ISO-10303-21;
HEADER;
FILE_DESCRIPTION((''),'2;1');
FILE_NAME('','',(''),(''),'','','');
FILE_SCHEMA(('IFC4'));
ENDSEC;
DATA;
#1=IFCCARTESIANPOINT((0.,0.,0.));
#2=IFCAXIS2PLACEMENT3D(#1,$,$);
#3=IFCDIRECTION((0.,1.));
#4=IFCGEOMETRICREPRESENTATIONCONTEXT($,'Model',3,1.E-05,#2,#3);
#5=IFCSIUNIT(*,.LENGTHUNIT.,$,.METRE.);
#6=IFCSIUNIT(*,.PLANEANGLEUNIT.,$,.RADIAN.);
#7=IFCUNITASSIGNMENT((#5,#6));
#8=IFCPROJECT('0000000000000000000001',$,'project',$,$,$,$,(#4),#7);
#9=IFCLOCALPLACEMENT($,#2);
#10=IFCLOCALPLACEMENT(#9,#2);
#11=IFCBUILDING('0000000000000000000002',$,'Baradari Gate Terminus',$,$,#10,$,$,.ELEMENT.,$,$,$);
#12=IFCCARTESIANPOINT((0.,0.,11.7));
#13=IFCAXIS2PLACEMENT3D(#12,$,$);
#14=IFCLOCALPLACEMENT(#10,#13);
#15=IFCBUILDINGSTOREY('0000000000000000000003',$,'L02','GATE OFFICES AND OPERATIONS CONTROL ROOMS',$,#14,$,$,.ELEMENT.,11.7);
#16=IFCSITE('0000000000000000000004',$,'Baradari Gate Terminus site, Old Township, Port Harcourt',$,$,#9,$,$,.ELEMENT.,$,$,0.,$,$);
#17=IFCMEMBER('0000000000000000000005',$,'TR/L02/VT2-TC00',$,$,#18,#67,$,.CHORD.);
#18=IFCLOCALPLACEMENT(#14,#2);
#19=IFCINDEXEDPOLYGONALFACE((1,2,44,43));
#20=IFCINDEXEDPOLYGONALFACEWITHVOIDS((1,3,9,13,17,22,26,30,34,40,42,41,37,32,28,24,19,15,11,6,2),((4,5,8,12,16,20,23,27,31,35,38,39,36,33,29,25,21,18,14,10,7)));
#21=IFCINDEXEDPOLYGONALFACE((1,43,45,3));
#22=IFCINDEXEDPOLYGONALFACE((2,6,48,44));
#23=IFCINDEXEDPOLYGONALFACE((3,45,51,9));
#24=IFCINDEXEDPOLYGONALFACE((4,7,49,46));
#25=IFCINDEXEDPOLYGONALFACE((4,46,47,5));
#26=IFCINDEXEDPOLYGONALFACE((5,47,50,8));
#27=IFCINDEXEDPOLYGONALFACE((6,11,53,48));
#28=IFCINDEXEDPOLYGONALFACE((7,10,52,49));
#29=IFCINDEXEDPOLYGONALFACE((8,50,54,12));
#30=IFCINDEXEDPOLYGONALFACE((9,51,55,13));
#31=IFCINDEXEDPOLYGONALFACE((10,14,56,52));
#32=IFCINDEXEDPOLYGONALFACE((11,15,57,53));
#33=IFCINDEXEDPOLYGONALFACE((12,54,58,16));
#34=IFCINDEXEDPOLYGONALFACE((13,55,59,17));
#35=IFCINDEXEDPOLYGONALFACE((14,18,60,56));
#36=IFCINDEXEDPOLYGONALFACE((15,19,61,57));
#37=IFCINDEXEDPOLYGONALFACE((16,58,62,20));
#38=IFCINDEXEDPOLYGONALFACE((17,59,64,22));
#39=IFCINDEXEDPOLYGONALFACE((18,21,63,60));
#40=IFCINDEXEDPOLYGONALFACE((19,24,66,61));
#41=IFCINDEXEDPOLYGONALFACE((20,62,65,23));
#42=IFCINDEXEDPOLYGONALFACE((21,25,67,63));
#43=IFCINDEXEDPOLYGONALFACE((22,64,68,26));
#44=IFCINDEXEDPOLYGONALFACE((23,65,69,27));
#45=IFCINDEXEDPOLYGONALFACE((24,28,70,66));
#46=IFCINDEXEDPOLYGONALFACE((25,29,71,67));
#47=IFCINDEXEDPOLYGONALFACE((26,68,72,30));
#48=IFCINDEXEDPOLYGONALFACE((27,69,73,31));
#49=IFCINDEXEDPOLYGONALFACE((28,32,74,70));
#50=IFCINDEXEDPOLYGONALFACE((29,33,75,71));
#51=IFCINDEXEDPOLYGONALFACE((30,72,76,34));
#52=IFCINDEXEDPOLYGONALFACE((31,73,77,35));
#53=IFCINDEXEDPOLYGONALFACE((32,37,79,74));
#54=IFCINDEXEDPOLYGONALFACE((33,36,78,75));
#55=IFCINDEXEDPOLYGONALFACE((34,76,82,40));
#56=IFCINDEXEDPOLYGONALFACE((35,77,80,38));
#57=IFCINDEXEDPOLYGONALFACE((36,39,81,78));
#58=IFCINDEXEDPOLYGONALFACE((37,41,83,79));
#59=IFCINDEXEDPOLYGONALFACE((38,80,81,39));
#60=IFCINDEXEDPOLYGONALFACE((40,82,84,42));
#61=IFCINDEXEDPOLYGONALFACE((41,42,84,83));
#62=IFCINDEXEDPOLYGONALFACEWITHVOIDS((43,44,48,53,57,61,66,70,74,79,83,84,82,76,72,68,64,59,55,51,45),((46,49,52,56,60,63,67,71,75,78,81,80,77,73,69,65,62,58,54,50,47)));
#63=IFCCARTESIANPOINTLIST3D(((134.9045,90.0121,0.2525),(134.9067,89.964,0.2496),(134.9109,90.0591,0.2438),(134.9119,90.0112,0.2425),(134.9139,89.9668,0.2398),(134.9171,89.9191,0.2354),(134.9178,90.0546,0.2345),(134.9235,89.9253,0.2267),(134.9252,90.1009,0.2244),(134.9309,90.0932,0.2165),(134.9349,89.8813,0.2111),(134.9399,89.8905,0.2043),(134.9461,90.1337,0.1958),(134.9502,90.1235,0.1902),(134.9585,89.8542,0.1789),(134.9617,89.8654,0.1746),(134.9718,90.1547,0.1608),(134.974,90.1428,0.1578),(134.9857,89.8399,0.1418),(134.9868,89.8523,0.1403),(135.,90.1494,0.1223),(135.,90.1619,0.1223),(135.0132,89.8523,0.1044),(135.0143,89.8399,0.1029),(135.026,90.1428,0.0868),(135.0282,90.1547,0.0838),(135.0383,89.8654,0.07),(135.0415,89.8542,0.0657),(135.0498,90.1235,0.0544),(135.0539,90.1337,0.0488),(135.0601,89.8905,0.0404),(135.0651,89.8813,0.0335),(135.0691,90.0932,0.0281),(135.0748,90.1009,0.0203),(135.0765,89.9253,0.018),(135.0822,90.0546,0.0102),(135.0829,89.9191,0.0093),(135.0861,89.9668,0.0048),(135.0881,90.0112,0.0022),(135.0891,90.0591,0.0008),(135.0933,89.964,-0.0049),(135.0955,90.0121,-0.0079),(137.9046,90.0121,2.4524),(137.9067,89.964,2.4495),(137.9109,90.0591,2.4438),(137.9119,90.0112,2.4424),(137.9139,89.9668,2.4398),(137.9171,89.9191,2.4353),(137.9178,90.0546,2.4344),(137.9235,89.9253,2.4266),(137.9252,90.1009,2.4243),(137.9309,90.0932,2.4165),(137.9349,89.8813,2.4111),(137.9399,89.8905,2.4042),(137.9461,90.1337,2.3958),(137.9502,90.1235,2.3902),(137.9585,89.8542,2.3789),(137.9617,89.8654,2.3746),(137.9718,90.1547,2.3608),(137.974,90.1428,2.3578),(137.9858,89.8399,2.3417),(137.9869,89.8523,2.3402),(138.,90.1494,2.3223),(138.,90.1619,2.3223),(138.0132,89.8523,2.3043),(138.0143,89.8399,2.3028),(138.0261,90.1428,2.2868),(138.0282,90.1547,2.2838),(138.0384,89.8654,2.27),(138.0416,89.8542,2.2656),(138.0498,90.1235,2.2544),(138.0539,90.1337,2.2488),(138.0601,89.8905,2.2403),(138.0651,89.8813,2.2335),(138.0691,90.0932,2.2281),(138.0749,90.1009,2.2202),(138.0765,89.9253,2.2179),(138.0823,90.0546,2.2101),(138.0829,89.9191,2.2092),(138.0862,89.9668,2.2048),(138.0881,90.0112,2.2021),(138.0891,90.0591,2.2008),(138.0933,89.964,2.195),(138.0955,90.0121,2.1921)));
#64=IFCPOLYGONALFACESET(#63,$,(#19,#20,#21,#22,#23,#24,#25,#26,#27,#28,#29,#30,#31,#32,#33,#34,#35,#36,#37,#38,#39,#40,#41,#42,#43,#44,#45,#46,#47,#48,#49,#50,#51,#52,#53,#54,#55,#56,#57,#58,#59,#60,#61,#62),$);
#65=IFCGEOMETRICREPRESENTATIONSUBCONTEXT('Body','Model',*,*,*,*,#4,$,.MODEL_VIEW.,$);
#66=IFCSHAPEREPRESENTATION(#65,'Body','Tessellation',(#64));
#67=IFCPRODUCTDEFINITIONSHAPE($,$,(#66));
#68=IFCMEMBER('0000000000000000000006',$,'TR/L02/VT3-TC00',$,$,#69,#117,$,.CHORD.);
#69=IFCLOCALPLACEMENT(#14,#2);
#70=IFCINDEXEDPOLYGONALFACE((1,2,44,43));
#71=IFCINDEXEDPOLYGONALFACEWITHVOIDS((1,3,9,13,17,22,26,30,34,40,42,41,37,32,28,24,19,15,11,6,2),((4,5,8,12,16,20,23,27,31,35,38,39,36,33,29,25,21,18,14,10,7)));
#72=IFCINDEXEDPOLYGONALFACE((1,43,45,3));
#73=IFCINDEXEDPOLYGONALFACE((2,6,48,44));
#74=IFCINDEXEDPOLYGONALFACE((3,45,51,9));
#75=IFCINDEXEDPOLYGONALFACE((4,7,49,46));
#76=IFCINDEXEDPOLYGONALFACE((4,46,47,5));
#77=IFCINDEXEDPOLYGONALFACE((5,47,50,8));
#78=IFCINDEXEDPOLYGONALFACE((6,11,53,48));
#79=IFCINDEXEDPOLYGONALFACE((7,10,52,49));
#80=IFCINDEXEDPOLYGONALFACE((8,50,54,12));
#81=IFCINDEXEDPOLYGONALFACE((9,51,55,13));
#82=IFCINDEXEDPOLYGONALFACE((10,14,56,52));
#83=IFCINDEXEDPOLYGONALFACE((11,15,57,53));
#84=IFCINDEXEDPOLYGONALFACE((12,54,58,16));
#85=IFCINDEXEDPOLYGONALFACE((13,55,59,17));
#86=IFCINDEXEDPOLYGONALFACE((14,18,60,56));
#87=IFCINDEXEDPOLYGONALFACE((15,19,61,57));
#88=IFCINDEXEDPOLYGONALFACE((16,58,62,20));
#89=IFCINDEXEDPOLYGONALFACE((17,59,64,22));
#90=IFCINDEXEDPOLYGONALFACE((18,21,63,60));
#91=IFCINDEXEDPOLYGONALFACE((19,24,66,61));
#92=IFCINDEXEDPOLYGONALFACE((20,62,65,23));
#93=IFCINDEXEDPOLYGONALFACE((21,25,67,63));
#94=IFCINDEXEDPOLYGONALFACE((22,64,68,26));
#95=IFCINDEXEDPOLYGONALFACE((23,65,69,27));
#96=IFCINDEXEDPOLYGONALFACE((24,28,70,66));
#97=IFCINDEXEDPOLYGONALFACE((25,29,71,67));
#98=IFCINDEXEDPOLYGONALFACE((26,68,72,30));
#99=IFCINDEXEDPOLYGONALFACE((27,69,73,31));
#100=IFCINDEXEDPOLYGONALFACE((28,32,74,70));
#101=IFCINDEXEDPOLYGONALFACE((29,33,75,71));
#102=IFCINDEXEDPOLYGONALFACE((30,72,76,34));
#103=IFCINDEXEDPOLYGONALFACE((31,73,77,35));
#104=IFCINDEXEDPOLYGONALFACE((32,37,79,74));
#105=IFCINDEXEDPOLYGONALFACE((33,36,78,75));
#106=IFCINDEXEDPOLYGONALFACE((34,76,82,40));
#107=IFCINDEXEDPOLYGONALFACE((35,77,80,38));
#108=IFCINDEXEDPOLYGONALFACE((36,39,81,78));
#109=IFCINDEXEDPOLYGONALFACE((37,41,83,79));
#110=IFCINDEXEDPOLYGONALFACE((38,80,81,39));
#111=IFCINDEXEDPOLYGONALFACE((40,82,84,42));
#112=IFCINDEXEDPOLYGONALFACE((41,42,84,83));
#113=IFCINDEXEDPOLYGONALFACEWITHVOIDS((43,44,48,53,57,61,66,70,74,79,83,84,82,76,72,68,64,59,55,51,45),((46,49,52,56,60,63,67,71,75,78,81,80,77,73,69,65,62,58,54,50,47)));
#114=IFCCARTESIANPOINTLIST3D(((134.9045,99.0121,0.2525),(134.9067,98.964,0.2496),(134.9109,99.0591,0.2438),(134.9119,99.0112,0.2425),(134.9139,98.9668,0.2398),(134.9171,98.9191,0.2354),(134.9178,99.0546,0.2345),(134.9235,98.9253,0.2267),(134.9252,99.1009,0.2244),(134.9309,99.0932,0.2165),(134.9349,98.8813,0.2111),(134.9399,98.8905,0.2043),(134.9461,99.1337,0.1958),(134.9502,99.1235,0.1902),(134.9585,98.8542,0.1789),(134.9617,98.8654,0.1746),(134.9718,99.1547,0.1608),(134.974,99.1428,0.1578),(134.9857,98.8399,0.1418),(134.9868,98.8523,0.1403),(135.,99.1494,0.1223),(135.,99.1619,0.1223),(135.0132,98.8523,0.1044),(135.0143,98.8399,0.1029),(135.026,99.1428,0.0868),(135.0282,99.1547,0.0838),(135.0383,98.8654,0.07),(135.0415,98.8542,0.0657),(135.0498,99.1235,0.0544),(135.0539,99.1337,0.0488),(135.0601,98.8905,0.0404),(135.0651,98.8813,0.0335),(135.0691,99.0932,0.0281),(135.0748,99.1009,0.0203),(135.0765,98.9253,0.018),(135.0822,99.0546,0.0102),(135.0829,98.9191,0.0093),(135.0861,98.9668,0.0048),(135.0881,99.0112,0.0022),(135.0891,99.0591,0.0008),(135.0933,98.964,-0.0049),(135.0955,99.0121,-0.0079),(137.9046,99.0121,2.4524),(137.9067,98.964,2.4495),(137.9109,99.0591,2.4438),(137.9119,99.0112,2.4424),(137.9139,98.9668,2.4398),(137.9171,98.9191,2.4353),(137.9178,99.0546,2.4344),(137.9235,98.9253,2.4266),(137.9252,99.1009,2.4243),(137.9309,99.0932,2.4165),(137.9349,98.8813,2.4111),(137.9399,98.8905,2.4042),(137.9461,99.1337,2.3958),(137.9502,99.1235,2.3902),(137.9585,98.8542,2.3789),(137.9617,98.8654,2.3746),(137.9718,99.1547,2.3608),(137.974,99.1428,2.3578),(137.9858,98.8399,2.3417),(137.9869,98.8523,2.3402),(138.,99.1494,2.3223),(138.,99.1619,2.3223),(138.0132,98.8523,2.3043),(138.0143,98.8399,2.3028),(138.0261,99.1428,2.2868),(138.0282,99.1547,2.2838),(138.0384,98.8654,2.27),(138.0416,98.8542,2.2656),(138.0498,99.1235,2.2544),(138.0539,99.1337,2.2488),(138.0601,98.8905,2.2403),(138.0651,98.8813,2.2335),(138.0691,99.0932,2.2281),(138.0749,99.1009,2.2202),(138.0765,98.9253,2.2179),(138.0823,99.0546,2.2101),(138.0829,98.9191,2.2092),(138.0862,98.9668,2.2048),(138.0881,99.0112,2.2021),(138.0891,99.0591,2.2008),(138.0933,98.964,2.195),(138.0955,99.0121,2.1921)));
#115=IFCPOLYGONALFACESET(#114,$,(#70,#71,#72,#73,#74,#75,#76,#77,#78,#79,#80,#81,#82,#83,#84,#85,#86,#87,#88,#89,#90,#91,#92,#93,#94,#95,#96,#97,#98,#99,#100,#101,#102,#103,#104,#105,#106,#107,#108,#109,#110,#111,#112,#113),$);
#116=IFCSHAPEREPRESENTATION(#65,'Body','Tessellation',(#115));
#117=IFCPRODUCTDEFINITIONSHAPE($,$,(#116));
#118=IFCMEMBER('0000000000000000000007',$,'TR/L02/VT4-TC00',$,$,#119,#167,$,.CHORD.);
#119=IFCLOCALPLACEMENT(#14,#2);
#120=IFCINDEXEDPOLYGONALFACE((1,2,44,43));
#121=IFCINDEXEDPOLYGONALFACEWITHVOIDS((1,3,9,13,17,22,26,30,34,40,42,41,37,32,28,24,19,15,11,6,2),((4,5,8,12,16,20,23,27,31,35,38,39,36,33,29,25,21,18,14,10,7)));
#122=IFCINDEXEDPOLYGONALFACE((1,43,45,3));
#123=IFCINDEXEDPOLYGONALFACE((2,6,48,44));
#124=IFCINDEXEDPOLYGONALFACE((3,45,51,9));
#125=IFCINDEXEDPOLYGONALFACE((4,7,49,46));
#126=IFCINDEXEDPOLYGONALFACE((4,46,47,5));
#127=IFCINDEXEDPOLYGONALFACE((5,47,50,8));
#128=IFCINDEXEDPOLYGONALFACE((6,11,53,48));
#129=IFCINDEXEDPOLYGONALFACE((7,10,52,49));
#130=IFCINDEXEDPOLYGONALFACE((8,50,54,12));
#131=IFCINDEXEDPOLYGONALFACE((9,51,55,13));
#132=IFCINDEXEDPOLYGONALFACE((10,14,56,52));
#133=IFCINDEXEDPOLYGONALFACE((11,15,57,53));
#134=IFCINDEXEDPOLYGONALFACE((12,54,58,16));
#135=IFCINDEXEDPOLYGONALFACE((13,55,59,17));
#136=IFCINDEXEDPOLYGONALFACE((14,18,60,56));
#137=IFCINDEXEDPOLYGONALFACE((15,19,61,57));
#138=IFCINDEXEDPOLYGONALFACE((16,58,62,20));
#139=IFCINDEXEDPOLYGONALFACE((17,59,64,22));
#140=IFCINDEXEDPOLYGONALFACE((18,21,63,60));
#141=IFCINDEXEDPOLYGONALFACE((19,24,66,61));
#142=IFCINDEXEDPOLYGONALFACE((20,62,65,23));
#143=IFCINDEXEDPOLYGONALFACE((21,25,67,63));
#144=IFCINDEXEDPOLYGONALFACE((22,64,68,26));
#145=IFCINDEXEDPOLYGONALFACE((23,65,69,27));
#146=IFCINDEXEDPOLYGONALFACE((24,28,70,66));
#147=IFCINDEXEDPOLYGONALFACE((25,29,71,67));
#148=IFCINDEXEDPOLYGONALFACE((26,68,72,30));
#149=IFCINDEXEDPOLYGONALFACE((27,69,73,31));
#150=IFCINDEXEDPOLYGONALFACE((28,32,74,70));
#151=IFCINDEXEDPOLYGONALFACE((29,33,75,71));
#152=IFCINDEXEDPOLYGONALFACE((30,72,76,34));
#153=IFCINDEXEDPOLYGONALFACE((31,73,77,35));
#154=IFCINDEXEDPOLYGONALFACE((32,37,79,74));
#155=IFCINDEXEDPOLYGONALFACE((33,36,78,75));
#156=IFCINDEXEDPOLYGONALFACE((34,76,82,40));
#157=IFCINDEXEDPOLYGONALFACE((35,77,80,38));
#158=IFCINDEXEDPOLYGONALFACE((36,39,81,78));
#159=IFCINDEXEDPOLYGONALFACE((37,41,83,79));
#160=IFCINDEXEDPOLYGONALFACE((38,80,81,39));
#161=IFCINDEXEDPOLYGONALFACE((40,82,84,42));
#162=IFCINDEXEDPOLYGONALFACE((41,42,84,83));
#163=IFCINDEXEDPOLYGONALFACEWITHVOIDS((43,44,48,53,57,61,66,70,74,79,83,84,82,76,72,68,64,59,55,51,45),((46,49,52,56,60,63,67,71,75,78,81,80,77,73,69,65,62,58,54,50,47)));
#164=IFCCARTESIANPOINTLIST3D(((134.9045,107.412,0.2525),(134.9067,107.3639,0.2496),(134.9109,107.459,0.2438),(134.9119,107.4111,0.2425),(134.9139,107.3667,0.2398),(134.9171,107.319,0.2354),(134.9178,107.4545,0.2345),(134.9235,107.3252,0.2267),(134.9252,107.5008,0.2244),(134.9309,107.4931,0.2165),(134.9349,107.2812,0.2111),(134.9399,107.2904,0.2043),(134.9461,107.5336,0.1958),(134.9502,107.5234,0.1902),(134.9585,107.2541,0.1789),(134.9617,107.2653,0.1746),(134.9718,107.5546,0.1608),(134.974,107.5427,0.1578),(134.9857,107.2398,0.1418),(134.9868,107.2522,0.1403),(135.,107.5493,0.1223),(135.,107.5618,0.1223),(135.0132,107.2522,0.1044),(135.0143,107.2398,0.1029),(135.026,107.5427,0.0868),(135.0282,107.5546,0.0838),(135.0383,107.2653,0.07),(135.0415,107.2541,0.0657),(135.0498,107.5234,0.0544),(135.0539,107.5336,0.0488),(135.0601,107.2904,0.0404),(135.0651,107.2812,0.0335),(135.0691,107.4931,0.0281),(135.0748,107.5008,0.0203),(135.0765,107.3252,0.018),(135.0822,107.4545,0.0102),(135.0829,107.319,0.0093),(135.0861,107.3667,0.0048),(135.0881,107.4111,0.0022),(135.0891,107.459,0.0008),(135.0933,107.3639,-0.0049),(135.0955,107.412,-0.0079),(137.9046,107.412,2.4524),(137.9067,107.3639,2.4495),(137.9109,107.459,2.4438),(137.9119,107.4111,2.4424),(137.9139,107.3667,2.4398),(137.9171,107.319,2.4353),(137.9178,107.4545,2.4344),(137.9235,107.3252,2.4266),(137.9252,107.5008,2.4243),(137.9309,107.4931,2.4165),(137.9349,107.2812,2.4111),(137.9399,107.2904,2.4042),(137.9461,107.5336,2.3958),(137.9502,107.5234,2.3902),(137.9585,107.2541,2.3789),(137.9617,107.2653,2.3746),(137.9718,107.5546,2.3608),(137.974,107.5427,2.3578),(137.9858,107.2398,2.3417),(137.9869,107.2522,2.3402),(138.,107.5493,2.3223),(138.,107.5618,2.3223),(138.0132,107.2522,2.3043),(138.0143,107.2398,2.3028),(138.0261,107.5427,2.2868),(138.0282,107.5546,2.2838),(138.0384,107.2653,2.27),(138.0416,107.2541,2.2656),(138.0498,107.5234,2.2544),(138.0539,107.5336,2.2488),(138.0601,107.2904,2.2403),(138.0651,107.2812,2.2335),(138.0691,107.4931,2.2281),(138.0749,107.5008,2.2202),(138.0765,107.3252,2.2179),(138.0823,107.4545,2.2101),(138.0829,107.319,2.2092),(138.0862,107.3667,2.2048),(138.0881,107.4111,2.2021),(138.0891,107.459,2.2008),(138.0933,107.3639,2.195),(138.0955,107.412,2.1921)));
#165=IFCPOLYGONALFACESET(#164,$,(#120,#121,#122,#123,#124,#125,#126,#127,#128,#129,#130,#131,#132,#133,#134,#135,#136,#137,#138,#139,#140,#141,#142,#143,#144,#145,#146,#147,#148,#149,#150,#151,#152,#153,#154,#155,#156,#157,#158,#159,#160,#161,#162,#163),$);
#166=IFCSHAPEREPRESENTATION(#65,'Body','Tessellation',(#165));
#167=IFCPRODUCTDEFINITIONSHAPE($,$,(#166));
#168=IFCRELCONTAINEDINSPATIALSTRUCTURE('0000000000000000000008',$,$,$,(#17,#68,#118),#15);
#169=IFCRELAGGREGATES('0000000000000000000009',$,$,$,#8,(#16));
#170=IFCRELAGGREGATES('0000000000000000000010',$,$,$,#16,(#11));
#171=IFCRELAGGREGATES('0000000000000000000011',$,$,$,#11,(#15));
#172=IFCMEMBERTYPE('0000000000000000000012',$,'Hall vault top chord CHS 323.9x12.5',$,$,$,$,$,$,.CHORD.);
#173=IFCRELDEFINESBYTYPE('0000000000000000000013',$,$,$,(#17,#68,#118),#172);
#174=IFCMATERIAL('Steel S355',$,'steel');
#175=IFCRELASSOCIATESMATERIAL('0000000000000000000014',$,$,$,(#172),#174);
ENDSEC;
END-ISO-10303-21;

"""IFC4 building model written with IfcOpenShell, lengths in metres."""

from ifc_helpers import new_model, si_unit, direction, frame, origin, origin_2d, place, context, subcontext, project, spatial, hollow_circle, extrude, material, material_profile, profile_set, type_object, element, save


model = new_model("IFC4")

# Units and contexts
model_context = context("Model", 3, precision=1e-05, world=origin(), true_north=direction((0.0, 1.0)))
body_context = subcontext(model_context, "Body", "Model", "MODEL_VIEW")
ifc_project = project(units=[si_unit("LENGTHUNIT", "METRE"), si_unit("PLANEANGLEUNIT", "RADIAN")], contexts=[model_context])

# Site, building, storey
site_placement = place(None, origin())
site = spatial("IfcSite", under=ifc_project, at=site_placement, Name="Baradari Gate Terminus site, Old Township, Port Harcourt", CompositionType="ELEMENT", RefElevation=0.0)
building_placement = place(site_placement, origin())
building = spatial("IfcBuilding", under=site, at=building_placement, Name="Baradari Gate Terminus", CompositionType="ELEMENT")
storey_placement = place(building_placement, frame((0.0, 0.0, 11.7)))
storey = spatial("IfcBuildingStorey", under=building, at=storey_placement, Name="L02", Description="GATE OFFICES AND OPERATIONS CONTROL ROOMS", CompositionType="ELEMENT", Elevation=11.7)

# Members
ifc_material_1 = material(Name="Steel S355", Category="steel")
ifc_material_profile_1 = material_profile(ifc_material_1, hollow_circle(Radius=0.1619, WallThickness=0.0125, at=origin_2d()), Name="CHS 323.9x12.5")
ifc_profile_set_1 = profile_set([ifc_material_profile_1], Name="Steel S355")
member_type_1 = type_object("IfcMemberType", Name="Hall vault top chord CHS 323.9x12.5", PredefinedType="CHORD", material=ifc_profile_set_1)
for number, where, z_axis, x_axis, name in (
    (1, (135.0, 90.0, 0.1223), (0.806411, 0.0, 0.591355), (0.0, 1.0, 0.0), "TR/L02/VT2-TC00"),
    (2, (135.0, 99.0, 0.1223), (0.806411, 0.0, 0.591355), (0.0, 1.0, 0.0), "TR/L02/VT3-TC00"),
    (3, (135.0, 107.3999, 0.1223), (0.806411, 0.0, 0.591355), (0.0, 1.0, 0.0), "TR/L02/VT4-TC00"),
):
    element("IfcMember", number, at=place(storey_placement, frame(where, z_axis=z_axis, x_axis=x_axis)), inside=storey, type_object=member_type_1, Name=name, PredefinedType="CHORD", context=body_context, shape_type="SweptSolid", body=[
        extrude(hollow_circle(Radius=0.1619, WallThickness=0.0125, at=origin_2d()), origin(), (0.0, 0.0, 1.0), 3.7202),
    ])

save(model, "model.ifc")
